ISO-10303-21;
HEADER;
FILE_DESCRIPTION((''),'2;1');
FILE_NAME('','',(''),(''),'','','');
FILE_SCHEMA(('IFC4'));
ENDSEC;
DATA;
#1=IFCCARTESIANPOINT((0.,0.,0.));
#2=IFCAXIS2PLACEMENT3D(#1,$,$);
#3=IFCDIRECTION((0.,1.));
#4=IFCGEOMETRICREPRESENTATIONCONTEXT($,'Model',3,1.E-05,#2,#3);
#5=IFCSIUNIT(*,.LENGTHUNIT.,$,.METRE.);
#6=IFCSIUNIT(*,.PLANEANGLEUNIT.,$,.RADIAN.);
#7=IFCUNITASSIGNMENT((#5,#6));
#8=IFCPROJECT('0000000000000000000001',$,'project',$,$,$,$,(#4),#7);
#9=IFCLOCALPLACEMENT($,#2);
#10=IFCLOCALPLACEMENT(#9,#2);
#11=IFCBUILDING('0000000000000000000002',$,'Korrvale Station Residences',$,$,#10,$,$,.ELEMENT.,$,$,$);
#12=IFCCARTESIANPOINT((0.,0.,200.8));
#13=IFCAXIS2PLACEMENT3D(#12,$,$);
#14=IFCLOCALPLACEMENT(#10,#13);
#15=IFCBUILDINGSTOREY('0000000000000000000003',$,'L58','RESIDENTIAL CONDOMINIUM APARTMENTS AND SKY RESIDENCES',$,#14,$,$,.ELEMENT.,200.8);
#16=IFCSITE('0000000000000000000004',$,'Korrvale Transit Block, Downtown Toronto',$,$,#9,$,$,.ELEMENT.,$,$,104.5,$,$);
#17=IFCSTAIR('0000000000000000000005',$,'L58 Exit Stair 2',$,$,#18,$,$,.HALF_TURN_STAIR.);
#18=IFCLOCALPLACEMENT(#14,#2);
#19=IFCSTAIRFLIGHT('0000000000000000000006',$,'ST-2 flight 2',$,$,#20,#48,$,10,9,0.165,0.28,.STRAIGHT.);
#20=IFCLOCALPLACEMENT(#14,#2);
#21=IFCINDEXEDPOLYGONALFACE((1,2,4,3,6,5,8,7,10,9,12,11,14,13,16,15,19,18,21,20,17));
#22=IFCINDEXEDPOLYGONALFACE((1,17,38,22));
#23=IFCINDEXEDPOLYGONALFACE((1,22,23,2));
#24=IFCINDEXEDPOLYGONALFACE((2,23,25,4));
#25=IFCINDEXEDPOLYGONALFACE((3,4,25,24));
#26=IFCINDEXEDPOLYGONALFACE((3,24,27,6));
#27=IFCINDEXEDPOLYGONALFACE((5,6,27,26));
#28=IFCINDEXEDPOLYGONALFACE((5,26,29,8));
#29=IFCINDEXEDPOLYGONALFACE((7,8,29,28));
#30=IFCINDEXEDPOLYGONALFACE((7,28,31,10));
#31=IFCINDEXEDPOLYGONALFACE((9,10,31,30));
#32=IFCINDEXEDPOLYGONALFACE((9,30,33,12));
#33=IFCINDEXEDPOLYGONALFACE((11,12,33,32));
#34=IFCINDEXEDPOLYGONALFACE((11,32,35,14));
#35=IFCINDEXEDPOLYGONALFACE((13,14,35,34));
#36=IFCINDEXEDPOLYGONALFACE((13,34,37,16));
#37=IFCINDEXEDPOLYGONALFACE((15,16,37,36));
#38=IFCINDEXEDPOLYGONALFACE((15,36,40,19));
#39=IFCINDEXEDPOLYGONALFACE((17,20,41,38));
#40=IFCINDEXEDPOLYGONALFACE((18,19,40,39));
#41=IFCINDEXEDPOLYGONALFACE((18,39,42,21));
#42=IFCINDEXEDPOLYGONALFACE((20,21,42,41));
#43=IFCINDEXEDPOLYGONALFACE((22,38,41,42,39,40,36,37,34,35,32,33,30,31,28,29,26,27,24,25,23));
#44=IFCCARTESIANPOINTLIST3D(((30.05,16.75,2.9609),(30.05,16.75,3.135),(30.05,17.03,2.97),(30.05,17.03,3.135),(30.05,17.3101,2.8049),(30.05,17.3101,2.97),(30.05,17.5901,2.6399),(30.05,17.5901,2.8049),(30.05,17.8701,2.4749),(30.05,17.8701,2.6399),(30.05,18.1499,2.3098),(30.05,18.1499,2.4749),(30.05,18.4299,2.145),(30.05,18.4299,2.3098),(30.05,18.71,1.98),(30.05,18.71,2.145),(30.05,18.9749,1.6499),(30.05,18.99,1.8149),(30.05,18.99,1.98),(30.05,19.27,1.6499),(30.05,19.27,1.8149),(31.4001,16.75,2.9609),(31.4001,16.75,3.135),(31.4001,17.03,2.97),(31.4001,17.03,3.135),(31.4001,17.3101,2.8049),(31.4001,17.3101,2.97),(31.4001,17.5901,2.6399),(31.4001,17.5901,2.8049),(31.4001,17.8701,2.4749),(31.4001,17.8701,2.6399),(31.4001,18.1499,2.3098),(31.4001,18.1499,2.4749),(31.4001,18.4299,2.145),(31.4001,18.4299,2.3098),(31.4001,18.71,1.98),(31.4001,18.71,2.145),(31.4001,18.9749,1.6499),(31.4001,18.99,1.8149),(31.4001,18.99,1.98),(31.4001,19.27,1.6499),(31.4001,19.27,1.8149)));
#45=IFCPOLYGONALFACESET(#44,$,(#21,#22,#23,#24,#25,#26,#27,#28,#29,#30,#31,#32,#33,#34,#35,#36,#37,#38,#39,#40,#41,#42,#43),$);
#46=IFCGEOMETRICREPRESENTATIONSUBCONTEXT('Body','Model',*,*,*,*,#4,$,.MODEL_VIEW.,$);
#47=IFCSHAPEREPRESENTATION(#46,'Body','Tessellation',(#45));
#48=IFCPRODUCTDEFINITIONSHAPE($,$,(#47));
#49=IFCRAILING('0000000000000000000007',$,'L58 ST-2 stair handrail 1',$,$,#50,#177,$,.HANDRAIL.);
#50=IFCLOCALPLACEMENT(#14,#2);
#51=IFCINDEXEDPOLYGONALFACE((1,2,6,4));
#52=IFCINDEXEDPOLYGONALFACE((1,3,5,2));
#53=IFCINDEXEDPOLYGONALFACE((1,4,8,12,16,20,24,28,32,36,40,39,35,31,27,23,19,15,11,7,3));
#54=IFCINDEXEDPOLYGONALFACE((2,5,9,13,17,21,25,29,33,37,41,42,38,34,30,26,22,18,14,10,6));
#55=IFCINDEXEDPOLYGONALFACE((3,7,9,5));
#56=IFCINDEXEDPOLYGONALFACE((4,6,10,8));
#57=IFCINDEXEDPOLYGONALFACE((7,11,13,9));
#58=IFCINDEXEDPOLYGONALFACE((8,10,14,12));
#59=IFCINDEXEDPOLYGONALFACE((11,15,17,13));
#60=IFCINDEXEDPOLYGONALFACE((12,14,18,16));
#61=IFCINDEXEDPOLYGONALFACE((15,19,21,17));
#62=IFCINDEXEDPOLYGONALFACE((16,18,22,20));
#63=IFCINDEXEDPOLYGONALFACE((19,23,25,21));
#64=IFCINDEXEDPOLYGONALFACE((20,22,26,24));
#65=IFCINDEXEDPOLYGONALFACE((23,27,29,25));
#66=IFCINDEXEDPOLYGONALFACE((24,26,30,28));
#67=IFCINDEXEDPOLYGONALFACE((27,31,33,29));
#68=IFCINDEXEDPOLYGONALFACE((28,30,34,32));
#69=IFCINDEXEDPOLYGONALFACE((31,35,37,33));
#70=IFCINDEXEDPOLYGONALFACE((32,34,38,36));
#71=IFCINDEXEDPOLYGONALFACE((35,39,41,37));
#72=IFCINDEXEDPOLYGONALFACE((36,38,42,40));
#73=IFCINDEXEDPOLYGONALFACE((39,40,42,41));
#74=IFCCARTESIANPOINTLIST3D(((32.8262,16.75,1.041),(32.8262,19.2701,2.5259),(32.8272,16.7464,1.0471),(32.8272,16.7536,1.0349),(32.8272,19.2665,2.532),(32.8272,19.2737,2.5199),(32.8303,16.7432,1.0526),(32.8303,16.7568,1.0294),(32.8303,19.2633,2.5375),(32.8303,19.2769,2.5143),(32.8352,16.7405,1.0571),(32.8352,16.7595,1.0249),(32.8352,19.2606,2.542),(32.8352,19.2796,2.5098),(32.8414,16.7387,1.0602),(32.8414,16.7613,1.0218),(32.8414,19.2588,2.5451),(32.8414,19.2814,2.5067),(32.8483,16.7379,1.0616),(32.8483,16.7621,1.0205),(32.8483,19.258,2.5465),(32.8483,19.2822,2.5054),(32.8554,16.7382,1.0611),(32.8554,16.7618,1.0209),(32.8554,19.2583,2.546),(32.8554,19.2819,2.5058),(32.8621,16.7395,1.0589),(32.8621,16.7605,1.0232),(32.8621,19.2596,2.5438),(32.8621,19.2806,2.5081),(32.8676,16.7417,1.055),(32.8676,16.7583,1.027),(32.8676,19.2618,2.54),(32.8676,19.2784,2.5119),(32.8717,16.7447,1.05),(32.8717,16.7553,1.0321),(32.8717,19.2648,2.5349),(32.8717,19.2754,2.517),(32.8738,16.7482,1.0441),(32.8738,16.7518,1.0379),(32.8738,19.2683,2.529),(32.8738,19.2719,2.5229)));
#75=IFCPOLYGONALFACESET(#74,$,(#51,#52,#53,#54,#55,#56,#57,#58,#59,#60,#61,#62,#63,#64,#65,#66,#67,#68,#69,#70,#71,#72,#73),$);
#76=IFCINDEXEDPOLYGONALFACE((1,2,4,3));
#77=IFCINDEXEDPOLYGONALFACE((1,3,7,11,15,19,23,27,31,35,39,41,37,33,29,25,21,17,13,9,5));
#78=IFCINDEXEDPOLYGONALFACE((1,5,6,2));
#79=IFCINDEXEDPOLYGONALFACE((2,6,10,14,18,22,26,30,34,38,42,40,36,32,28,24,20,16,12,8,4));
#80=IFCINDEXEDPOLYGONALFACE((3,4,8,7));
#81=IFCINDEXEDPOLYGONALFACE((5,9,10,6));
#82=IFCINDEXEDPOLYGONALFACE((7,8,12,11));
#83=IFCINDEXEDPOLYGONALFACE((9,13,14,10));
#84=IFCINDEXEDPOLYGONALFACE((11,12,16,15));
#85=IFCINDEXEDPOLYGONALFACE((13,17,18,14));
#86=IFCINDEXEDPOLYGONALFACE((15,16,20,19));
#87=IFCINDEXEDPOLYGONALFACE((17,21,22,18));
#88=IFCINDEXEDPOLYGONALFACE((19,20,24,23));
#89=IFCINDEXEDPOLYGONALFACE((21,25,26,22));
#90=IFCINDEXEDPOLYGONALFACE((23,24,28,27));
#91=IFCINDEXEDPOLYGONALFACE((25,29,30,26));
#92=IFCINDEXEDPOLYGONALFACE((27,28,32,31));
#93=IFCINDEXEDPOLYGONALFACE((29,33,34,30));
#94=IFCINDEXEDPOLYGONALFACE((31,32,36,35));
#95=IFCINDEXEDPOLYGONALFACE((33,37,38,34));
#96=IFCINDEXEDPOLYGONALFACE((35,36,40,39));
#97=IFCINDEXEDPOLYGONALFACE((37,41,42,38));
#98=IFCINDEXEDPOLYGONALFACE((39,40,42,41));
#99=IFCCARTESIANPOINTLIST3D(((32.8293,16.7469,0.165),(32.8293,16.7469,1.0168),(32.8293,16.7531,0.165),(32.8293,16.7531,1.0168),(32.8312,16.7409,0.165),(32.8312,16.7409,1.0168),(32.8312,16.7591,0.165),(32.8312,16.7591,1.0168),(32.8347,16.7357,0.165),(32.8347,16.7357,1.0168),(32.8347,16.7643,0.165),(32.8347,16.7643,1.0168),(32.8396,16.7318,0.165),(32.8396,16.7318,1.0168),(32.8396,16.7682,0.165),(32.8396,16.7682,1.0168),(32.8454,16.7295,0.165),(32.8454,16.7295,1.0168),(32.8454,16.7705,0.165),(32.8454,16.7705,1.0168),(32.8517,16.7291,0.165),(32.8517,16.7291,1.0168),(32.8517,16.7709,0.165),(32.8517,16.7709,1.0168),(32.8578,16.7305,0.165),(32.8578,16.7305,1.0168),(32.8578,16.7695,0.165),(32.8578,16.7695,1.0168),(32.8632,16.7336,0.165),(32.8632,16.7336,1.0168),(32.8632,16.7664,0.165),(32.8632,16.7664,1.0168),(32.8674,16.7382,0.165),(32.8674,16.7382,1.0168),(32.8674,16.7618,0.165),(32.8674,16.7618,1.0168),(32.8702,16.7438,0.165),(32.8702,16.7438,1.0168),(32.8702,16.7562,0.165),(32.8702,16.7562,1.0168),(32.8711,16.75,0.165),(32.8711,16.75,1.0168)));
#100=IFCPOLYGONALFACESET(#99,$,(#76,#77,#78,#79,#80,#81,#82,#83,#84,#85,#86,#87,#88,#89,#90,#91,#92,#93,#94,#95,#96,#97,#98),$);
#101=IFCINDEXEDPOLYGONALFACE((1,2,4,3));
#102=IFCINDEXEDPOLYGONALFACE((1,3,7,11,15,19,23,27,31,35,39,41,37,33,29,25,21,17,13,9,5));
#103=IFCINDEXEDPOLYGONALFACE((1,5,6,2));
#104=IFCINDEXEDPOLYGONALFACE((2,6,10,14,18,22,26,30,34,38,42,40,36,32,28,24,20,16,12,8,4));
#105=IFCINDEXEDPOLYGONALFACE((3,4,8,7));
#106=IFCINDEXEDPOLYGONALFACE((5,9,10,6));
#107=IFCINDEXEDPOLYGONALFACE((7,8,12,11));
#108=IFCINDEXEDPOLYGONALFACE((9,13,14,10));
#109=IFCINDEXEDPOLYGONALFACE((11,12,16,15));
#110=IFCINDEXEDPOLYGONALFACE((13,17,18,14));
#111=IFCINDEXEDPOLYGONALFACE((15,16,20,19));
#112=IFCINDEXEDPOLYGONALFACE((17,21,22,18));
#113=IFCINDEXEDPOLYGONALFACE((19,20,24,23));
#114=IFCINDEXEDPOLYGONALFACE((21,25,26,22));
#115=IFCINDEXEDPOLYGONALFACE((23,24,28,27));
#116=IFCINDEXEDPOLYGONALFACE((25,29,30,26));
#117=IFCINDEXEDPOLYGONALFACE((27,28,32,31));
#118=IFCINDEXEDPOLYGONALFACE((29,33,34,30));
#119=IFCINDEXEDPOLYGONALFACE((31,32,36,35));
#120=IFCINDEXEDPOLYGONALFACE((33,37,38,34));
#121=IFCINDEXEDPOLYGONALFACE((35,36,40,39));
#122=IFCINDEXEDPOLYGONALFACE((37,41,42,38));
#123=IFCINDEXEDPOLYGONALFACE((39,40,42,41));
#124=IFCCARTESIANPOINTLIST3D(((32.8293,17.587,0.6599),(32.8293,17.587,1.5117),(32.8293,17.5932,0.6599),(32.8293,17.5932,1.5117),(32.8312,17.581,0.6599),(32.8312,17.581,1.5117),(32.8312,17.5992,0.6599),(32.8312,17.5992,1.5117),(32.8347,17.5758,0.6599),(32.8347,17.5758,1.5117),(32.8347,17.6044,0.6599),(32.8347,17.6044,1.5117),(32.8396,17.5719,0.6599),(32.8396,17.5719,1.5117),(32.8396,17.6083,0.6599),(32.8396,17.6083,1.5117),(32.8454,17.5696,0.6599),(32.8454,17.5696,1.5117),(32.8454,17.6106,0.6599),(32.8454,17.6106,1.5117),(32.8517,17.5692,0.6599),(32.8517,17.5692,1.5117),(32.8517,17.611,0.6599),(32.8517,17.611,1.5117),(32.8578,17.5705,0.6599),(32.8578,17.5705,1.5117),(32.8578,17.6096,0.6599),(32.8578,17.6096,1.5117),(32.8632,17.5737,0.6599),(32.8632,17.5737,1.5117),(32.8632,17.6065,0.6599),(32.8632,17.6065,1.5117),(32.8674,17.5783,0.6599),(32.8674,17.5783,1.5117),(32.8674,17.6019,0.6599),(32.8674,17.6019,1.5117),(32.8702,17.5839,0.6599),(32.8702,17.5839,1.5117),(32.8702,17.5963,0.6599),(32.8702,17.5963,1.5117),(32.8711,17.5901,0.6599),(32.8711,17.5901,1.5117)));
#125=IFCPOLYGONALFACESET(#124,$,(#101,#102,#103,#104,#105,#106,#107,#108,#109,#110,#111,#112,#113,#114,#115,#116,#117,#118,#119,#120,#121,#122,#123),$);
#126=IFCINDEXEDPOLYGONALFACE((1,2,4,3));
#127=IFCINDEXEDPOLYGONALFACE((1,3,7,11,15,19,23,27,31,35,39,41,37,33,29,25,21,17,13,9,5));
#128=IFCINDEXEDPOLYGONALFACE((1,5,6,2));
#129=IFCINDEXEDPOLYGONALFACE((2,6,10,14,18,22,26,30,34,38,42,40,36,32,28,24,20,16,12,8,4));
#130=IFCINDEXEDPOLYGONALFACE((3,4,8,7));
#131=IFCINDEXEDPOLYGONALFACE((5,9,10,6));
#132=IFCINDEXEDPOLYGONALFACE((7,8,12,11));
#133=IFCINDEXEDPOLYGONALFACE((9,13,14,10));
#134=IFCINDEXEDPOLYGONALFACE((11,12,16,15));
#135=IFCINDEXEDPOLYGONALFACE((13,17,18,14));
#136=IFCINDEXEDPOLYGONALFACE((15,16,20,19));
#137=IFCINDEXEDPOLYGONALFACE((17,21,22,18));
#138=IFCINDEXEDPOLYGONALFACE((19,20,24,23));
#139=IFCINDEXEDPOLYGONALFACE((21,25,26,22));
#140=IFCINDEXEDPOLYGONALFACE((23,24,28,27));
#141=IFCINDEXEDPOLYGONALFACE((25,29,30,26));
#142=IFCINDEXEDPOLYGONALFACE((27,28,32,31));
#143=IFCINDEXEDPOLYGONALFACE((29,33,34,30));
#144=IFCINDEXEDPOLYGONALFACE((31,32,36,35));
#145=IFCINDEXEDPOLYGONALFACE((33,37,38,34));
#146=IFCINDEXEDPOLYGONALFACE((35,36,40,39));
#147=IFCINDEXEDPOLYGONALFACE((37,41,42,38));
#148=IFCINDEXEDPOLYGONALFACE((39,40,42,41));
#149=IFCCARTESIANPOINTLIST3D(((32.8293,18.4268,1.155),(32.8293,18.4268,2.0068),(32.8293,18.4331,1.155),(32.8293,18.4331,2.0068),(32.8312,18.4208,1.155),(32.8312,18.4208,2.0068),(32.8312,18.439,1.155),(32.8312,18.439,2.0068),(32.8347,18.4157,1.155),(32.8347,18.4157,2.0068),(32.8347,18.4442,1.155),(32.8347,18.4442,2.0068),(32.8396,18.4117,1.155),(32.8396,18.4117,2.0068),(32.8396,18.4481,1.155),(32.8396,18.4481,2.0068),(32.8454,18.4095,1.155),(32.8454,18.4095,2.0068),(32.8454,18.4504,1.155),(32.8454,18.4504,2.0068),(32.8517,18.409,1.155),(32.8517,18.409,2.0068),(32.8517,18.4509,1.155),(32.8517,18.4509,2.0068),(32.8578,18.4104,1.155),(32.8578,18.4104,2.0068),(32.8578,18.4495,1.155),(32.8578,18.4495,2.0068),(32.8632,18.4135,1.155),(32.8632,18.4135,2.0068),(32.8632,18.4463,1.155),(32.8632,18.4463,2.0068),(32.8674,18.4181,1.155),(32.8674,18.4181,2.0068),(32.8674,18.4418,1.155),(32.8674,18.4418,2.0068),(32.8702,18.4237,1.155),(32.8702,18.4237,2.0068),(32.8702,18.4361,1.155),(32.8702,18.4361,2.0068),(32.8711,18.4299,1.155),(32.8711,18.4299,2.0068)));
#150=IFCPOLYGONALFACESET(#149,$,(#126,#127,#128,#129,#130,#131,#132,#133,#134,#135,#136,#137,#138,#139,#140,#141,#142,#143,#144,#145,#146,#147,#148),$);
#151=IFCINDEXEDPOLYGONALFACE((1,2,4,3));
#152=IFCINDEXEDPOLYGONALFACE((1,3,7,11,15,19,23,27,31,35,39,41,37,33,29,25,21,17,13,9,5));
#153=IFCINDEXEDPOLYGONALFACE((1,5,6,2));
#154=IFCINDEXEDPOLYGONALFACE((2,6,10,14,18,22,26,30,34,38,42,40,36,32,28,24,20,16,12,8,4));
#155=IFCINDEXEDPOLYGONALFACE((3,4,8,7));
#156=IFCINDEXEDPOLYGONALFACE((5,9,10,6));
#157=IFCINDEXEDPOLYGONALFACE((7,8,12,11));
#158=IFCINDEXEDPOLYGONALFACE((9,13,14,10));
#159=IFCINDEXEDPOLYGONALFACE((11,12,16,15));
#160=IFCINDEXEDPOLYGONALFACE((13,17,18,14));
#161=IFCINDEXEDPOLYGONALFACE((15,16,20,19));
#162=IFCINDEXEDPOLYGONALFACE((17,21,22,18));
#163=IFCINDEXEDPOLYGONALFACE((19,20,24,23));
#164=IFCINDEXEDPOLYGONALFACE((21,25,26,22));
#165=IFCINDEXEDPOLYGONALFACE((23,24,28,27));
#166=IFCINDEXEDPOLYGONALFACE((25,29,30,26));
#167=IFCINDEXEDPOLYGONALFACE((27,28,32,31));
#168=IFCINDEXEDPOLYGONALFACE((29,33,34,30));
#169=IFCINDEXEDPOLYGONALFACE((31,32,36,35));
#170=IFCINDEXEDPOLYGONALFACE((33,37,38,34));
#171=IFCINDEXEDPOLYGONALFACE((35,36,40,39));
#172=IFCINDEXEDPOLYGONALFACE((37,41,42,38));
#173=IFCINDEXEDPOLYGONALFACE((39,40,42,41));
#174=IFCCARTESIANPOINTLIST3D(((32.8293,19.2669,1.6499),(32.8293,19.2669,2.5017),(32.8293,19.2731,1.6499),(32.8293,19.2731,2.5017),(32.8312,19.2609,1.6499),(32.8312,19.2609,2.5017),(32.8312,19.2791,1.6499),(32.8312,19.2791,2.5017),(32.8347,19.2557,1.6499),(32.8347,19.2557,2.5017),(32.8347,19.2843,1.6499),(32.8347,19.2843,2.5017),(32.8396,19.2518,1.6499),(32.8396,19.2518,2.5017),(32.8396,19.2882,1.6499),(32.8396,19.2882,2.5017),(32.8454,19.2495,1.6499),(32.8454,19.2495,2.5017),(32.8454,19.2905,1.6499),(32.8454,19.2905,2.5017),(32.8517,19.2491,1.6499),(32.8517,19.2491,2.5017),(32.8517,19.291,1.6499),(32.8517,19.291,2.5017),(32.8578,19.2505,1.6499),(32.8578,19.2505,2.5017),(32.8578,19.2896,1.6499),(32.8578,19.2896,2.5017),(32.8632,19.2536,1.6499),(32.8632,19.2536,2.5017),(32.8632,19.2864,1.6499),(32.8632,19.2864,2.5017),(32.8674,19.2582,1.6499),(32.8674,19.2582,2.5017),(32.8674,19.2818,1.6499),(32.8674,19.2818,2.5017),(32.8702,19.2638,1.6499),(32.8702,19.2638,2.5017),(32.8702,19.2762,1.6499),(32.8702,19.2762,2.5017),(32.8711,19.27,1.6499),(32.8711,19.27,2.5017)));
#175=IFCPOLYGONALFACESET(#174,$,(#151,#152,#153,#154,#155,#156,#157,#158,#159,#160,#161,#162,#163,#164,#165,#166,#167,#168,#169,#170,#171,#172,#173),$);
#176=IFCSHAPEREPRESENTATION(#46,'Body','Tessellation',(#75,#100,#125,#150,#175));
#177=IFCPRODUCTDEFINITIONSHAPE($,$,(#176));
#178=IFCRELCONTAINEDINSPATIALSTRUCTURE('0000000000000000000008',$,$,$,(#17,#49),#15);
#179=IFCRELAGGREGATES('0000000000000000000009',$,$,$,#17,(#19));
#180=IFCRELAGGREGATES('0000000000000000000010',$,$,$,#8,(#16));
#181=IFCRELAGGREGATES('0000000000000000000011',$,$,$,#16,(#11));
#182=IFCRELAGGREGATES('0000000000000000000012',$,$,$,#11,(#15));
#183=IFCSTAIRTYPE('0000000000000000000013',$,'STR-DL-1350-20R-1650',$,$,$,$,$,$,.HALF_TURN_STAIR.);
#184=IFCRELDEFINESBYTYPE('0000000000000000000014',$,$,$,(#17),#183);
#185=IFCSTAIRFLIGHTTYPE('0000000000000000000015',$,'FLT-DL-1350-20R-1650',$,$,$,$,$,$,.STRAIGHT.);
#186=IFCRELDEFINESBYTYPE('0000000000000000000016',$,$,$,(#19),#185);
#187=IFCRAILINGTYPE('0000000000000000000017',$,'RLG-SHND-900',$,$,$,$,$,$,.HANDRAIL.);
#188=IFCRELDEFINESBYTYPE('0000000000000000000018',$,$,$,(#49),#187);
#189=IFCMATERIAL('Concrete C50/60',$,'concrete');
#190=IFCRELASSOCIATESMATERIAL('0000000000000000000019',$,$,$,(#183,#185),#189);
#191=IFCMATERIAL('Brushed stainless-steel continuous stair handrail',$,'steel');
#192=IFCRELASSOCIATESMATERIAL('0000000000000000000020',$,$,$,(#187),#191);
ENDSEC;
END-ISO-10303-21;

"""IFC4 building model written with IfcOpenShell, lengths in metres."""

from ifc_helpers import new_model, si_unit, direction, frame, origin, origin_2d, place, context, subcontext, project, spatial, polyline, circle, outline, extrude, material, type_object, element, aggregate, save


model = new_model("IFC4")

# Units and contexts
model_context = context("Model", 3, precision=1e-05, world=origin(), true_north=direction((0.0, 1.0)))
body_context = subcontext(model_context, "Body", "Model", "MODEL_VIEW")
ifc_project = project(units=[si_unit("LENGTHUNIT", "METRE"), si_unit("PLANEANGLEUNIT", "RADIAN")], contexts=[model_context])

# Site, building, storey
site_placement = place(None, origin())
site = spatial("IfcSite", under=ifc_project, at=site_placement, Name="Korrvale Transit Block, Downtown Toronto", CompositionType="ELEMENT", RefElevation=104.5)
building_placement = place(site_placement, origin())
building = spatial("IfcBuilding", under=site, at=building_placement, Name="Korrvale Station Residences", CompositionType="ELEMENT")
storey_placement = place(building_placement, frame((0.0, 0.0, 200.8)))
storey = spatial("IfcBuildingStorey", under=building, at=storey_placement, Name="L58", Description="RESIDENTIAL CONDOMINIUM APARTMENTS AND SKY RESIDENCES", CompositionType="ELEMENT", Elevation=200.8)

# Shared definitions
ifc_material_1 = material(Name="Concrete C50/60", Category="concrete")

# Stair, stair flight
stair_type = type_object("IfcStairType", Name="STR-DL-1350-20R-1650", PredefinedType="HALF_TURN_STAIR", material=ifc_material_1)
stair_placement = place(storey_placement, origin())
stair = element("IfcStair", 1, at=stair_placement, inside=storey, type_object=stair_type, Name="L58 Exit Stair 2", PredefinedType="HALF_TURN_STAIR")
stair_flight_type = type_object("IfcStairFlightType", Name="FLT-DL-1350-20R-1650", PredefinedType="STRAIGHT", material=ifc_material_1)
stair_flight_1_placement = place(storey_placement, frame((30.7251, 19.27, 1.6499), z_axis=(0.0, 0.0, 1.0), x_axis=(0.0, -1.0, 0.0)))
stair_flight_1 = element("IfcStairFlight", 2, at=stair_flight_1_placement, type_object=stair_flight_type, Name="ST-2 flight 2", NumberOfRisers=10, NumberOfTreads=9, PredefinedType="STRAIGHT", RiserHeight=0.165, TreadLength=0.28, context=body_context, shape_type="SweptSolid", body=[
    extrude(outline(polyline([(0.0, 0.0), (0.0, 0.165), (0.28, 0.165), (0.28, 0.3301), (0.5601, 0.3301), (0.5601, 0.4951), (0.8401, 0.4951), (0.8401, 0.6599), (1.1201, 0.6599), (1.1201, 0.825), (1.3999, 0.825), (1.3999, 0.99), (1.6799, 0.99), (1.6799, 1.155), (1.96, 1.155), (1.96, 1.3201), (2.24, 1.3201), (2.24, 1.4851), (2.52, 1.4851), (2.52, 1.6499), (2.52, 1.311), (0.2952, 0.0), (0.0, 0.0)])), frame((0.0, 0.675, 0.0), z_axis=(0.0, -1.0, 0.0), x_axis=(1.0, 0.0, 0.0)), (0.0, 0.0, 1.0), 1.3501),
])
aggregate(stair, [stair_flight_1])

# Railing
ifc_material_2 = material(Name="Brushed stainless-steel continuous stair handrail", Category="steel")
railing_type_1 = type_object("IfcRailingType", Name="RLG-SHND-900", PredefinedType="HANDRAIL", material=ifc_material_2)
railing_1_placement = place(storey_placement, frame((32.8501, 16.75, 0.165)))
element("IfcRailing", 3, at=railing_1_placement, inside=storey, type_object=railing_type_1, Name="L58 ST-2 stair handrail 1", PredefinedType="HANDRAIL", context=body_context, shape_type="SweptSolid", body=[
    extrude(circle(Radius=0.0239, at=origin_2d()), frame((0.0, 0.0, 0.876), z_axis=(0.0, 0.861561, 0.507655), x_axis=(-1.0, 0.0, 0.0)), (0.0, 0.0, 1.0), 2.925),
    extrude(circle(Radius=0.021, at=origin_2d()), origin(), (0.0, 0.0, 1.0), 0.8518),
    extrude(circle(Radius=0.021, at=origin_2d()), frame((0.0, 0.8401, 0.4949)), (0.0, 0.0, 1.0), 0.8518),
    extrude(circle(Radius=0.021, at=origin_2d()), frame((0.0, 1.6799, 0.99)), (0.0, 0.0, 1.0), 0.8518),
    extrude(circle(Radius=0.021, at=origin_2d()), frame((0.0, 2.52, 1.4849)), (0.0, 0.0, 1.0), 0.8518),
])

save(model, "model.ifc")
